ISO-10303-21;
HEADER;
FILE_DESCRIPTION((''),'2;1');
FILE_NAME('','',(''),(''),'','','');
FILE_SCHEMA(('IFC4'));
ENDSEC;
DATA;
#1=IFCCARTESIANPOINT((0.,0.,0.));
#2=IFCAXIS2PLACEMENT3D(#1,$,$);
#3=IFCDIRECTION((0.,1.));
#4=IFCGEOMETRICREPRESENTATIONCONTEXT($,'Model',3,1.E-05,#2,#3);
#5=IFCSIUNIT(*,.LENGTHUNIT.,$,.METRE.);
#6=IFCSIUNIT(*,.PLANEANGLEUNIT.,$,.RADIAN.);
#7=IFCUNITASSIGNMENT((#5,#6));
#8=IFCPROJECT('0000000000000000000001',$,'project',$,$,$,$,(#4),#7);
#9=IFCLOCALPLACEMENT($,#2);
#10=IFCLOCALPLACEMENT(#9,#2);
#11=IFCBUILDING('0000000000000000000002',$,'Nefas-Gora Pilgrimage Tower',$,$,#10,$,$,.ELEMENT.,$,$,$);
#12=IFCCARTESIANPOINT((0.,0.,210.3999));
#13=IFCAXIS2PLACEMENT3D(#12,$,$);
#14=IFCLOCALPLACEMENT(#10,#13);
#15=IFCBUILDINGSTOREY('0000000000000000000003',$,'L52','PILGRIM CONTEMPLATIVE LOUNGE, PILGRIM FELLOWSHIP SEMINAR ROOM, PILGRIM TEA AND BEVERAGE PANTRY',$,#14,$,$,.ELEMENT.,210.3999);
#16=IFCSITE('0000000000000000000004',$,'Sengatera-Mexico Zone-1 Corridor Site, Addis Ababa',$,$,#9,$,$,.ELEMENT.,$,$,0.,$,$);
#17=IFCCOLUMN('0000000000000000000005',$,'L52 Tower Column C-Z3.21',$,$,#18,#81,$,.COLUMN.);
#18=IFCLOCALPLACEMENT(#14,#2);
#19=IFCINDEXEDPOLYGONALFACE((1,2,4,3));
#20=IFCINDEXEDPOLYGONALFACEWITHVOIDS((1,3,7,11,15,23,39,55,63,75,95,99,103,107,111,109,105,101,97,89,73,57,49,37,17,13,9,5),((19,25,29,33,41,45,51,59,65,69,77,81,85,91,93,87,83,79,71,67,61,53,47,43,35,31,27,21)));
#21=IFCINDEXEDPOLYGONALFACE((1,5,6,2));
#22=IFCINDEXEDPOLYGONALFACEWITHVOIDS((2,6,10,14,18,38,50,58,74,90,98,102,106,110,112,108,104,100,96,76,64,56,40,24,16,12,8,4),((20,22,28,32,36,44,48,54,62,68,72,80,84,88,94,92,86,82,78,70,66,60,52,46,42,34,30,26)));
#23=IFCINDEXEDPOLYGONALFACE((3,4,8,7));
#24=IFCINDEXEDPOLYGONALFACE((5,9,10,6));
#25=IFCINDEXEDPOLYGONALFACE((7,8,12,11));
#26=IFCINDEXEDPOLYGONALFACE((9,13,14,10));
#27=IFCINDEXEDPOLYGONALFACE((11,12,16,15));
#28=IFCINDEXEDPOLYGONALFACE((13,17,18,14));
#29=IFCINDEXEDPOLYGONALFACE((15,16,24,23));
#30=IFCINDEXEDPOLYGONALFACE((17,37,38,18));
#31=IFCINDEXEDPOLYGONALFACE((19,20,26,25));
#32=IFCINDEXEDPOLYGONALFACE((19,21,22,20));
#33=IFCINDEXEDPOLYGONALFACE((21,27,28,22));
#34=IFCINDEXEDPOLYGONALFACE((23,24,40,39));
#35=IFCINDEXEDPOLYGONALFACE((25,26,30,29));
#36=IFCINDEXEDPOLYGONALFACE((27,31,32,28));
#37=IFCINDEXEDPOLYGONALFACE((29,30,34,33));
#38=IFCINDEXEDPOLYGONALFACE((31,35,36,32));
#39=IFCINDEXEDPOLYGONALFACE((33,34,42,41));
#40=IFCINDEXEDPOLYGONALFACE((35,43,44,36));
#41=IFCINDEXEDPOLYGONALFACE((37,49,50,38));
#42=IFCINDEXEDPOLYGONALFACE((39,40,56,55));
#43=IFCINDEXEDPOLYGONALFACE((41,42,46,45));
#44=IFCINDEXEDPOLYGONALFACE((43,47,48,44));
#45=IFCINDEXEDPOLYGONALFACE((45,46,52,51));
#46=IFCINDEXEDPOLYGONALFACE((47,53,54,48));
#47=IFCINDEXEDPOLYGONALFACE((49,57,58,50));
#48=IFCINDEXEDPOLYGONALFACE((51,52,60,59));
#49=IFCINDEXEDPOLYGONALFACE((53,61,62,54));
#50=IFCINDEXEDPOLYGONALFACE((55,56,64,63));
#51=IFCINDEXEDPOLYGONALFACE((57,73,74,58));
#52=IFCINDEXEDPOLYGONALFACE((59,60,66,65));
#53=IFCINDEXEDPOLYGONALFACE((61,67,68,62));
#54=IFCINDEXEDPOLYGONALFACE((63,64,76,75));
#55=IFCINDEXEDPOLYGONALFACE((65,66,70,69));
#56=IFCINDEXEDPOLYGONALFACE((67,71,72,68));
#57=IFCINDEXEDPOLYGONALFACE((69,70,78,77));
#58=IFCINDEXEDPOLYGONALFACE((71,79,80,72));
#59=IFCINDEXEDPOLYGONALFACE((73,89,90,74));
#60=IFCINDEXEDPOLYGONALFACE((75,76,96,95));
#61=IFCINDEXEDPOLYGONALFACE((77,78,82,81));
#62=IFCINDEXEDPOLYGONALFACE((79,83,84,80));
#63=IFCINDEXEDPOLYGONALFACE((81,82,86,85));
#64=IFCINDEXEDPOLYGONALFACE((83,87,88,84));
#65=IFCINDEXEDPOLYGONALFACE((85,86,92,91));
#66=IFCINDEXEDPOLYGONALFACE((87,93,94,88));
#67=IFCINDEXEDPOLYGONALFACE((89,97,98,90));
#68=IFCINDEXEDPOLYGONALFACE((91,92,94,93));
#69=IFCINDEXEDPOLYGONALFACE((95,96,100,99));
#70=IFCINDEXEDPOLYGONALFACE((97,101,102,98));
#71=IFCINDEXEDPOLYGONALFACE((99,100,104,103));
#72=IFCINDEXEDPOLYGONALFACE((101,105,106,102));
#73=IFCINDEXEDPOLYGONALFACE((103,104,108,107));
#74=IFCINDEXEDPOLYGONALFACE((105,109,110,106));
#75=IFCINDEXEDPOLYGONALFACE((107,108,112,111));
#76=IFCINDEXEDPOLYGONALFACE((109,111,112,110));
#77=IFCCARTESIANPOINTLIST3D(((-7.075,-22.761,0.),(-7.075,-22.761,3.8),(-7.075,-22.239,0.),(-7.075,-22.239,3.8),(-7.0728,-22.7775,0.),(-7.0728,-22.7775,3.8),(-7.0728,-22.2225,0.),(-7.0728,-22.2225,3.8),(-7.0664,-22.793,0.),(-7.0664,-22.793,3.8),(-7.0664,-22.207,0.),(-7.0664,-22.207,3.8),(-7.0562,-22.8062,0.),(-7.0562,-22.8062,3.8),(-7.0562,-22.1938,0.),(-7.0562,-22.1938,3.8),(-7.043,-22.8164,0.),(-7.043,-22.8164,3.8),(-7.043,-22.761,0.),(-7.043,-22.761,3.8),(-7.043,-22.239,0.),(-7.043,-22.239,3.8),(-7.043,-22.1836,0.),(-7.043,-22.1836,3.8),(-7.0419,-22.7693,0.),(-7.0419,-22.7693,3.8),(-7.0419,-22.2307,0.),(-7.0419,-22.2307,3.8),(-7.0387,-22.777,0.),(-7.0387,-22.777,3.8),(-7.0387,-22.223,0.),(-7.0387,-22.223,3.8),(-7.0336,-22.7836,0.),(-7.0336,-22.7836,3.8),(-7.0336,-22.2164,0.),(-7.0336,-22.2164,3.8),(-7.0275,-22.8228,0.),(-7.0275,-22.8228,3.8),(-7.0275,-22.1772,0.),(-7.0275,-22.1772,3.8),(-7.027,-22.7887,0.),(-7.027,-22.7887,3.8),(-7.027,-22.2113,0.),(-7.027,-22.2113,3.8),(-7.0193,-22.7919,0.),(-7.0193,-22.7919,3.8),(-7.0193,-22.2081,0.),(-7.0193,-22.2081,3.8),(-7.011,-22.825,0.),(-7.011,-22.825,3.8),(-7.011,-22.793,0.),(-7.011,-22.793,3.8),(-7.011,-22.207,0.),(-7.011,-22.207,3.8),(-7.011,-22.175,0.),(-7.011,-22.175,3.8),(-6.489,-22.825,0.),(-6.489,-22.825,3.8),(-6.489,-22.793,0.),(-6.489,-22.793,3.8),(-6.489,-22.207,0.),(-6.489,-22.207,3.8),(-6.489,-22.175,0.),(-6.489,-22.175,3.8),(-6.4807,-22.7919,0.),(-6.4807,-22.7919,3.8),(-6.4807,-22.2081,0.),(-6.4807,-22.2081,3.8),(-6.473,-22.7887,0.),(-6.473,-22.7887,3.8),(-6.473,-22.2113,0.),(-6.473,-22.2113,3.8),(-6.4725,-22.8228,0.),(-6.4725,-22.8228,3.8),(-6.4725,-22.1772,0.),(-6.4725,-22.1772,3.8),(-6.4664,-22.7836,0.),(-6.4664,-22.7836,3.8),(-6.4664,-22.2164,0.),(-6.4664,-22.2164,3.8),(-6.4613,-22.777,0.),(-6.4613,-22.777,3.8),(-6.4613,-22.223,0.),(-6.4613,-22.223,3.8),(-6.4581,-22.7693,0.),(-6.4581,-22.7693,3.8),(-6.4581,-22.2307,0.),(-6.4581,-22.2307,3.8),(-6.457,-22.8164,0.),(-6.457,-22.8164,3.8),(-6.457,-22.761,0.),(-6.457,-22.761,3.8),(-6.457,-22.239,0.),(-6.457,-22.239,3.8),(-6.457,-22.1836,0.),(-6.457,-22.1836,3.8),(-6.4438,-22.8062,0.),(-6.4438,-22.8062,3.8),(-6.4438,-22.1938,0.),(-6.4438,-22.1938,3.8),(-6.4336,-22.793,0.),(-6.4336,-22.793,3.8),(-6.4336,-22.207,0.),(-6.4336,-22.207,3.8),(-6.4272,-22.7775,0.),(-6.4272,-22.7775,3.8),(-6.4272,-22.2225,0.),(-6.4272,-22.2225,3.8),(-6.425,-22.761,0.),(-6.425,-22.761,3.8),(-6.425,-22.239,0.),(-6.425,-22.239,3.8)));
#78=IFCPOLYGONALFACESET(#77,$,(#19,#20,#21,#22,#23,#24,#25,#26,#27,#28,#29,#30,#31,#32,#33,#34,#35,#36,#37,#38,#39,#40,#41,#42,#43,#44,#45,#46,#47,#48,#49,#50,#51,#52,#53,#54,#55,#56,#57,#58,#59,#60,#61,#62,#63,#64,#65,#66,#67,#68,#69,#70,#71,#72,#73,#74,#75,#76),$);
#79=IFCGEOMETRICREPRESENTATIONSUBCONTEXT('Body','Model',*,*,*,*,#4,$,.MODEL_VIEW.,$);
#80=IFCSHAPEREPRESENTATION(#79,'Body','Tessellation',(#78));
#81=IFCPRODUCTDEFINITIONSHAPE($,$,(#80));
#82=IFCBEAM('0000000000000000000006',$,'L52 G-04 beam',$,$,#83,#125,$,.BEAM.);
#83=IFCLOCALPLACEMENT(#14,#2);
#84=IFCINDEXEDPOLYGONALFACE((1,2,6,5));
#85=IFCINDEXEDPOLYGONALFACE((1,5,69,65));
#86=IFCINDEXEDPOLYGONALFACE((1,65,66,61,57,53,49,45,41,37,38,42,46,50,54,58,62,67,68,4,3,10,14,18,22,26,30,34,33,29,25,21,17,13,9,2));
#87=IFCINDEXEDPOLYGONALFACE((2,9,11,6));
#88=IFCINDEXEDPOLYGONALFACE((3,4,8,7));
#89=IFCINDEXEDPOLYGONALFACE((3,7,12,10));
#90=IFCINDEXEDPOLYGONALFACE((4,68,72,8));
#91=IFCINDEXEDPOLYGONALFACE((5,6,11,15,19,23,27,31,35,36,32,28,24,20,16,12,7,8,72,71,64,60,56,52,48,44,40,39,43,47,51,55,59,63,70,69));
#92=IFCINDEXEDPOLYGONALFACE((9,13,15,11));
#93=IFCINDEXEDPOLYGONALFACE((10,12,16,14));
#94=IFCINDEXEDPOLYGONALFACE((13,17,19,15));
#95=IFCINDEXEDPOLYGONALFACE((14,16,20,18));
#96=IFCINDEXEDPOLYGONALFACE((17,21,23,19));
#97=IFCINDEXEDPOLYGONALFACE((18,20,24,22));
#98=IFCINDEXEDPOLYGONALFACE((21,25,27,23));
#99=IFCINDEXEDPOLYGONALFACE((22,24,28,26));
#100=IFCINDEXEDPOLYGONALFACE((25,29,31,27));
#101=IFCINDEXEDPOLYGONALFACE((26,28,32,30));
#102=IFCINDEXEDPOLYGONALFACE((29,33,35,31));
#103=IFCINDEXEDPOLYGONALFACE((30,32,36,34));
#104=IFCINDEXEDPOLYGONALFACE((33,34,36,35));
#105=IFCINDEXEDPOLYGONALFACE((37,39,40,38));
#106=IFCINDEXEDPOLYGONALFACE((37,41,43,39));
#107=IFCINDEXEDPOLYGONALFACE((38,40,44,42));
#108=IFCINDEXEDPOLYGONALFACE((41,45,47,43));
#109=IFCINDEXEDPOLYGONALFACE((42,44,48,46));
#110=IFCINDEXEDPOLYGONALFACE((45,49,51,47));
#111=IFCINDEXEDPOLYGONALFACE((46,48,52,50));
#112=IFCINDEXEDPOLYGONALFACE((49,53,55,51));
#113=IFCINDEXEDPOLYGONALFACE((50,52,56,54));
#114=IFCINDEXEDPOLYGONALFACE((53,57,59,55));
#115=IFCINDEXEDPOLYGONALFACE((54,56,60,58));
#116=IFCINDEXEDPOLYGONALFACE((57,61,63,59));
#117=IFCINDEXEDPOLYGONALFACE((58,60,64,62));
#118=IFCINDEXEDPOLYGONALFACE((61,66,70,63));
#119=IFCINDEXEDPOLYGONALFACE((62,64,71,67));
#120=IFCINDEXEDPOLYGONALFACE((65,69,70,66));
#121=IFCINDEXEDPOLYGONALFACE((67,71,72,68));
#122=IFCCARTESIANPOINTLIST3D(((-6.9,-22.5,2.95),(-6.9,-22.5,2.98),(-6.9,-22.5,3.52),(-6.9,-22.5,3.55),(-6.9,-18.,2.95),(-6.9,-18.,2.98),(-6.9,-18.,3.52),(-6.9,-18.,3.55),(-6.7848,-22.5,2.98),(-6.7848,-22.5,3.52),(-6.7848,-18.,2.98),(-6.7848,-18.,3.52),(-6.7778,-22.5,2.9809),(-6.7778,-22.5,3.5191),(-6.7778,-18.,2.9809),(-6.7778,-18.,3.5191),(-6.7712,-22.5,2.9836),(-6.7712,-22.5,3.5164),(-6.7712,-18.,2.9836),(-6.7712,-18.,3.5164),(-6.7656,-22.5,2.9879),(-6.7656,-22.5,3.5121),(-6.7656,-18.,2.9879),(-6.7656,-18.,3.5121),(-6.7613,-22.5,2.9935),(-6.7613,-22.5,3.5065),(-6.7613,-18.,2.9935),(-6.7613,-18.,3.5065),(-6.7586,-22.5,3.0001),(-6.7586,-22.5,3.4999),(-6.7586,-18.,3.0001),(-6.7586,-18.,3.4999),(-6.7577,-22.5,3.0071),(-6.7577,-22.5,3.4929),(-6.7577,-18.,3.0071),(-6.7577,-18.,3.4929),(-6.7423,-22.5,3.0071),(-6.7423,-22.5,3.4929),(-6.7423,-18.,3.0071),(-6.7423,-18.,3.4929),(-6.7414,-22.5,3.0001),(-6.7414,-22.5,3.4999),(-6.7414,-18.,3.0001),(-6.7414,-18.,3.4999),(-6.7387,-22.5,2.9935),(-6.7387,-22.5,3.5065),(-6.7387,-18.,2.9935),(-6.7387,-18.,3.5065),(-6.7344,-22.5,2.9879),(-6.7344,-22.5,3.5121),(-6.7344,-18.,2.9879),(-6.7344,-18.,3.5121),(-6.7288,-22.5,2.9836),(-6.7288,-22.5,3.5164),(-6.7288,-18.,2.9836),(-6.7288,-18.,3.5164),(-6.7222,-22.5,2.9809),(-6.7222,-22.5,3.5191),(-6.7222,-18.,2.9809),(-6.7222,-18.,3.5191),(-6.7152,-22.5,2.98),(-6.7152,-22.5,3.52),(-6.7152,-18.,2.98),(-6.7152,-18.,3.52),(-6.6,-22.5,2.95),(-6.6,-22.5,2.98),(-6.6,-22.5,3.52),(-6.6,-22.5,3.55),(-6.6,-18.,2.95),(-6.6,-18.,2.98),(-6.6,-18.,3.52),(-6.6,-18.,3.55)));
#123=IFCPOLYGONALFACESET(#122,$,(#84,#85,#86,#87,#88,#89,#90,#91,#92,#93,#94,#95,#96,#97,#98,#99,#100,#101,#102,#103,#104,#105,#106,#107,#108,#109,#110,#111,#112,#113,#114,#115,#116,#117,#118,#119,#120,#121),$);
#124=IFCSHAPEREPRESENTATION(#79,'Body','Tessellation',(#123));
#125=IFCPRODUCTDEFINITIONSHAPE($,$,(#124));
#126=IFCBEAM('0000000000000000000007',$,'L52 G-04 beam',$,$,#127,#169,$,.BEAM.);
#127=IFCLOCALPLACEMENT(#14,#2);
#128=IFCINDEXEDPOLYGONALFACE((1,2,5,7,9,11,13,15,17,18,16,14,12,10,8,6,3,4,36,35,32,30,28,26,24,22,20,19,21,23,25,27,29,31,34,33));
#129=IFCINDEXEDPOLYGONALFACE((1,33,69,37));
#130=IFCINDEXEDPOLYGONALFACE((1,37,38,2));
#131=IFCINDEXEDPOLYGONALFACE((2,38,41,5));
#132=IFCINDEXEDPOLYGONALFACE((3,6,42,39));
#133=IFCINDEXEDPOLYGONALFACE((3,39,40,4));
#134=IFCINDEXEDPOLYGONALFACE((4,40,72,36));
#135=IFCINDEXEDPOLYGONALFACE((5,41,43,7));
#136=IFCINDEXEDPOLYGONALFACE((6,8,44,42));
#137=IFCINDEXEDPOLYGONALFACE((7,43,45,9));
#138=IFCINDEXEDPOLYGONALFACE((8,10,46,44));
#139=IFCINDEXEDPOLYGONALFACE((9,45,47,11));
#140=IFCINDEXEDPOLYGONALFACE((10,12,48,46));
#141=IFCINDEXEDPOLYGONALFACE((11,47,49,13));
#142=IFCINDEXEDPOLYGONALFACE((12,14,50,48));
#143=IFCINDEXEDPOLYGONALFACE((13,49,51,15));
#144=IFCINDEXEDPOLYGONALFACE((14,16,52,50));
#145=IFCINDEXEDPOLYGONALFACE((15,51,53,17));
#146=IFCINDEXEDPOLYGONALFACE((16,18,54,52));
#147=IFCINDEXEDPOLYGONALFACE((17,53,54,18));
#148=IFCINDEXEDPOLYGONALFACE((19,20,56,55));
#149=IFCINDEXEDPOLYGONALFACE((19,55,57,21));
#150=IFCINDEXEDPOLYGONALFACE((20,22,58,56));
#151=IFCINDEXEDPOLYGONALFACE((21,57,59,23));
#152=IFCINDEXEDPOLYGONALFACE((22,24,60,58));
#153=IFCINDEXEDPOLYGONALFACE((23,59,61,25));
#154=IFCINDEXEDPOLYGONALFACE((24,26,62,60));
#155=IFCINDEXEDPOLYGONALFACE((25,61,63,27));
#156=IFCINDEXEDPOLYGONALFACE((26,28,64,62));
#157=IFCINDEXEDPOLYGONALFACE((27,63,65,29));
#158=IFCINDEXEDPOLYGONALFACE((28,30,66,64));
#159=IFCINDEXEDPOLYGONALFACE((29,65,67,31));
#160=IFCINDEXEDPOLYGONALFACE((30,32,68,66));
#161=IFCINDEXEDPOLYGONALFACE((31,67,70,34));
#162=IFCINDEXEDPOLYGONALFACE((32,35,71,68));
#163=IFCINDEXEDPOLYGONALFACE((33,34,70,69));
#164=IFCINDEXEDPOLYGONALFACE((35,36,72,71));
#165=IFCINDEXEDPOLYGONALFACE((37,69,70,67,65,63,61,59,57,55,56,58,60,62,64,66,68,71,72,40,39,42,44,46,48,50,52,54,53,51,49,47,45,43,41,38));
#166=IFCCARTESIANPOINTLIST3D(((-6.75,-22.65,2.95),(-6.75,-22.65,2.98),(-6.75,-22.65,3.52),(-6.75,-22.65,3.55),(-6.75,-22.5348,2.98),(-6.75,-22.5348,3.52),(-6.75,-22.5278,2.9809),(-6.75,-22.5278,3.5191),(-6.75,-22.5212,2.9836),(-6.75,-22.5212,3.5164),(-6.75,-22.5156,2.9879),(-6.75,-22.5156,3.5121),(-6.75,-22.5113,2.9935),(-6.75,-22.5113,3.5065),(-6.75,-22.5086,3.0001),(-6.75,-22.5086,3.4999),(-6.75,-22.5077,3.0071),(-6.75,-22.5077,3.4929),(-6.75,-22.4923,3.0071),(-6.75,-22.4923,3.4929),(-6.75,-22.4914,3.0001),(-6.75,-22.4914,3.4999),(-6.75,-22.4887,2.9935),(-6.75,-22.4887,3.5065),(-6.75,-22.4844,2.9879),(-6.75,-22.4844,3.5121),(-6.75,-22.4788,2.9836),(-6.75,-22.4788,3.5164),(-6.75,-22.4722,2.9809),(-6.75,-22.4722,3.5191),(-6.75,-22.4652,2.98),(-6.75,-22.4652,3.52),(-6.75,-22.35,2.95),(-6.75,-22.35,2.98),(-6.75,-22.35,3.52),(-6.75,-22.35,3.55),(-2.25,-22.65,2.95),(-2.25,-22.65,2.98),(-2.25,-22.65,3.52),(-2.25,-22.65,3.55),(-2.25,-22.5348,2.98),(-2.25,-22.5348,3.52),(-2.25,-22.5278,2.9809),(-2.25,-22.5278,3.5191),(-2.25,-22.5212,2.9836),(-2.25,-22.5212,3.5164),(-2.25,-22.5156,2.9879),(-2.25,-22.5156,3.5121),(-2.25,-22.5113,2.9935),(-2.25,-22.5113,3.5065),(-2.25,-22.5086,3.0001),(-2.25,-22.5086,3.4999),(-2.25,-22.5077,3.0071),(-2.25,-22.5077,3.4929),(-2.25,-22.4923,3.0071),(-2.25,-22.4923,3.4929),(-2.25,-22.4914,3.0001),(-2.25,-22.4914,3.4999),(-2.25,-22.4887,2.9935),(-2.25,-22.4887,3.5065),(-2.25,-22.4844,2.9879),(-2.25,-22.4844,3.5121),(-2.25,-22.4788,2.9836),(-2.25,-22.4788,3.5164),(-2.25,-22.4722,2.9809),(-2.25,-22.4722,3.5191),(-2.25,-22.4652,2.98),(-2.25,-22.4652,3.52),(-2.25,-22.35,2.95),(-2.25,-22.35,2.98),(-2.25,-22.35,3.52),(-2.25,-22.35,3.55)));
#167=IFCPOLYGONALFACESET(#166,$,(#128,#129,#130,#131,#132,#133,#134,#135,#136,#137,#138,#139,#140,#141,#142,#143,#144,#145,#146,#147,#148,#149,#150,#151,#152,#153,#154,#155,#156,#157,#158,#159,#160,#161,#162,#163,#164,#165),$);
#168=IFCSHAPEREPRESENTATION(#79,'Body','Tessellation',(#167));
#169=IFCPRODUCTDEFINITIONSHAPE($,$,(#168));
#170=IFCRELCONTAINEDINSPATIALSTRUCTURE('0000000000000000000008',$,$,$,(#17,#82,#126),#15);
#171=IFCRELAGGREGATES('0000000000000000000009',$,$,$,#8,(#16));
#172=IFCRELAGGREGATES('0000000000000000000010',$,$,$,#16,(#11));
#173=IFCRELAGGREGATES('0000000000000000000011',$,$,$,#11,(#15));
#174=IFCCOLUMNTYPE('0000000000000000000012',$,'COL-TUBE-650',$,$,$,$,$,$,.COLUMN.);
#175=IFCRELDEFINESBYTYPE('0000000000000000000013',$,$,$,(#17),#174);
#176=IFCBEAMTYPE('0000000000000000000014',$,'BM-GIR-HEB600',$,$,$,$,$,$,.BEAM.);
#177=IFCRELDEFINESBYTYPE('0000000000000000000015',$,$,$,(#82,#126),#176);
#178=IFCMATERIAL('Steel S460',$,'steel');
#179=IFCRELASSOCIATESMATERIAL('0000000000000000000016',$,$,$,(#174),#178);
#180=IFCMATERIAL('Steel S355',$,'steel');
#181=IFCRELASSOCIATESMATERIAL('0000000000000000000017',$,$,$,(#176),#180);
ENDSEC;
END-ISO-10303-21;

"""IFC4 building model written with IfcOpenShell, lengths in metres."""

from ifc_helpers import new_model, si_unit, direction, frame, origin, origin_2d, place, context, subcontext, project, spatial, hollow_rectangle, i_section, extrude, source, transform, mapped, material, material_profile, profile_set, type_object, element, save


model = new_model("IFC4")

# Units and contexts
model_context = context("Model", 3, precision=1e-05, world=origin(), true_north=direction((0.0, 1.0)))
body_context = subcontext(model_context, "Body", "Model", "MODEL_VIEW")
ifc_project = project(units=[si_unit("LENGTHUNIT", "METRE"), si_unit("PLANEANGLEUNIT", "RADIAN")], contexts=[model_context])

# Site, building, storey
site_placement = place(None, origin())
site = spatial("IfcSite", under=ifc_project, at=site_placement, Name="Sengatera-Mexico Zone-1 Corridor Site, Addis Ababa", CompositionType="ELEMENT", RefElevation=0.0)
building_placement = place(site_placement, origin())
building = spatial("IfcBuilding", under=site, at=building_placement, Name="Nefas-Gora Pilgrimage Tower", CompositionType="ELEMENT")
storey_placement = place(building_placement, frame((0.0, 0.0, 210.3999)))
storey = spatial("IfcBuildingStorey", under=building, at=storey_placement, Name="L52", Description="PILGRIM CONTEMPLATIVE LOUNGE, PILGRIM FELLOWSHIP SEMINAR ROOM, PILGRIM TEA AND BEVERAGE PANTRY", CompositionType="ELEMENT", Elevation=210.3999)

# Column
ifc_material_1 = material(Name="Steel S460", Category="steel")
ifc_material_profile_1 = material_profile(ifc_material_1, hollow_rectangle(XDim=0.6499, YDim=0.6499, WallThickness=0.032, InnerFilletRadius=0.032, OuterFilletRadius=0.064, at=origin_2d()), Name="BOX 650x650x32")
ifc_profile_set_1 = profile_set([ifc_material_profile_1], Name="Steel S460")
column_type_1 = type_object("IfcColumnType", Name="COL-TUBE-650", PredefinedType="COLUMN", material=ifc_profile_set_1)
shared_shape_1 = source(origin(), body_context, "Body", "SweptSolid", [
    extrude(hollow_rectangle(XDim=0.6499, YDim=0.6499, WallThickness=0.032, InnerFilletRadius=0.032, OuterFilletRadius=0.064, at=origin_2d()), origin(), (0.0, 0.0, 1.0), 3.8),
])
column_placement = place(storey_placement, frame((-6.75, -22.5, 0.0), z_axis=(0.0, 0.0, 1.0), x_axis=(1.0, 0.0, 0.0)))
element("IfcColumn", 1, at=column_placement, inside=storey, type_object=column_type_1, Name="L52 Tower Column C-Z3.21", PredefinedType="COLUMN", context=body_context, shape_type="MappedRepresentation", body=[
    mapped(shared_shape_1, transform((0.0, 0.0, 0.0), x_axis=(1.0, 0.0, 0.0), y_axis=(0.0, 1.0, 0.0), z_axis=(0.0, 0.0, 1.0), scale=1.0)),
])

# Beams
ifc_material_2 = material(Name="Steel S355", Category="steel")
ifc_material_profile_2 = material_profile(ifc_material_2, i_section(OverallWidth=0.3, OverallDepth=0.6001, WebThickness=0.0154, FlangeThickness=0.03, FilletRadius=0.0271, at=origin_2d()), Name="HEB 600")
ifc_profile_set_2 = profile_set([ifc_material_profile_2], Name="Steel S355")
beam_type = type_object("IfcBeamType", Name="BM-GIR-HEB600", PredefinedType="BEAM", material=ifc_profile_set_2)
shared_shape_2 = source(origin(), body_context, "Body", "SweptSolid", [
    extrude(i_section(OverallWidth=0.3, OverallDepth=0.6001, WebThickness=0.0154, FlangeThickness=0.03, FilletRadius=0.0271, at=origin_2d()), origin(), (0.0, 0.0, 1.0), 4.5),
])
for number, where, z_axis, x_axis, name in (
    (2, (-6.75, -22.5, 3.25), (0.0, 1.0, 0.0), (-1.0, 0.0, 0.0), "L52 G-04 beam"),
    (3, (-6.75, -22.5, 3.25), (1.0, 0.0, 0.0), (0.0, 1.0, 0.0), "L52 G-04 beam"),
):
    element("IfcBeam", number, at=place(storey_placement, frame(where, z_axis=z_axis, x_axis=x_axis)), inside=storey, type_object=beam_type, Name=name, PredefinedType="BEAM", context=body_context, shape_type="MappedRepresentation", body=[
        mapped(shared_shape_2, transform((0.0, 0.0, 0.0), x_axis=(1.0, 0.0, 0.0), y_axis=(0.0, 1.0, 0.0), z_axis=(0.0, 0.0, 1.0), scale=1.0)),
    ])

save(model, "model.ifc")
